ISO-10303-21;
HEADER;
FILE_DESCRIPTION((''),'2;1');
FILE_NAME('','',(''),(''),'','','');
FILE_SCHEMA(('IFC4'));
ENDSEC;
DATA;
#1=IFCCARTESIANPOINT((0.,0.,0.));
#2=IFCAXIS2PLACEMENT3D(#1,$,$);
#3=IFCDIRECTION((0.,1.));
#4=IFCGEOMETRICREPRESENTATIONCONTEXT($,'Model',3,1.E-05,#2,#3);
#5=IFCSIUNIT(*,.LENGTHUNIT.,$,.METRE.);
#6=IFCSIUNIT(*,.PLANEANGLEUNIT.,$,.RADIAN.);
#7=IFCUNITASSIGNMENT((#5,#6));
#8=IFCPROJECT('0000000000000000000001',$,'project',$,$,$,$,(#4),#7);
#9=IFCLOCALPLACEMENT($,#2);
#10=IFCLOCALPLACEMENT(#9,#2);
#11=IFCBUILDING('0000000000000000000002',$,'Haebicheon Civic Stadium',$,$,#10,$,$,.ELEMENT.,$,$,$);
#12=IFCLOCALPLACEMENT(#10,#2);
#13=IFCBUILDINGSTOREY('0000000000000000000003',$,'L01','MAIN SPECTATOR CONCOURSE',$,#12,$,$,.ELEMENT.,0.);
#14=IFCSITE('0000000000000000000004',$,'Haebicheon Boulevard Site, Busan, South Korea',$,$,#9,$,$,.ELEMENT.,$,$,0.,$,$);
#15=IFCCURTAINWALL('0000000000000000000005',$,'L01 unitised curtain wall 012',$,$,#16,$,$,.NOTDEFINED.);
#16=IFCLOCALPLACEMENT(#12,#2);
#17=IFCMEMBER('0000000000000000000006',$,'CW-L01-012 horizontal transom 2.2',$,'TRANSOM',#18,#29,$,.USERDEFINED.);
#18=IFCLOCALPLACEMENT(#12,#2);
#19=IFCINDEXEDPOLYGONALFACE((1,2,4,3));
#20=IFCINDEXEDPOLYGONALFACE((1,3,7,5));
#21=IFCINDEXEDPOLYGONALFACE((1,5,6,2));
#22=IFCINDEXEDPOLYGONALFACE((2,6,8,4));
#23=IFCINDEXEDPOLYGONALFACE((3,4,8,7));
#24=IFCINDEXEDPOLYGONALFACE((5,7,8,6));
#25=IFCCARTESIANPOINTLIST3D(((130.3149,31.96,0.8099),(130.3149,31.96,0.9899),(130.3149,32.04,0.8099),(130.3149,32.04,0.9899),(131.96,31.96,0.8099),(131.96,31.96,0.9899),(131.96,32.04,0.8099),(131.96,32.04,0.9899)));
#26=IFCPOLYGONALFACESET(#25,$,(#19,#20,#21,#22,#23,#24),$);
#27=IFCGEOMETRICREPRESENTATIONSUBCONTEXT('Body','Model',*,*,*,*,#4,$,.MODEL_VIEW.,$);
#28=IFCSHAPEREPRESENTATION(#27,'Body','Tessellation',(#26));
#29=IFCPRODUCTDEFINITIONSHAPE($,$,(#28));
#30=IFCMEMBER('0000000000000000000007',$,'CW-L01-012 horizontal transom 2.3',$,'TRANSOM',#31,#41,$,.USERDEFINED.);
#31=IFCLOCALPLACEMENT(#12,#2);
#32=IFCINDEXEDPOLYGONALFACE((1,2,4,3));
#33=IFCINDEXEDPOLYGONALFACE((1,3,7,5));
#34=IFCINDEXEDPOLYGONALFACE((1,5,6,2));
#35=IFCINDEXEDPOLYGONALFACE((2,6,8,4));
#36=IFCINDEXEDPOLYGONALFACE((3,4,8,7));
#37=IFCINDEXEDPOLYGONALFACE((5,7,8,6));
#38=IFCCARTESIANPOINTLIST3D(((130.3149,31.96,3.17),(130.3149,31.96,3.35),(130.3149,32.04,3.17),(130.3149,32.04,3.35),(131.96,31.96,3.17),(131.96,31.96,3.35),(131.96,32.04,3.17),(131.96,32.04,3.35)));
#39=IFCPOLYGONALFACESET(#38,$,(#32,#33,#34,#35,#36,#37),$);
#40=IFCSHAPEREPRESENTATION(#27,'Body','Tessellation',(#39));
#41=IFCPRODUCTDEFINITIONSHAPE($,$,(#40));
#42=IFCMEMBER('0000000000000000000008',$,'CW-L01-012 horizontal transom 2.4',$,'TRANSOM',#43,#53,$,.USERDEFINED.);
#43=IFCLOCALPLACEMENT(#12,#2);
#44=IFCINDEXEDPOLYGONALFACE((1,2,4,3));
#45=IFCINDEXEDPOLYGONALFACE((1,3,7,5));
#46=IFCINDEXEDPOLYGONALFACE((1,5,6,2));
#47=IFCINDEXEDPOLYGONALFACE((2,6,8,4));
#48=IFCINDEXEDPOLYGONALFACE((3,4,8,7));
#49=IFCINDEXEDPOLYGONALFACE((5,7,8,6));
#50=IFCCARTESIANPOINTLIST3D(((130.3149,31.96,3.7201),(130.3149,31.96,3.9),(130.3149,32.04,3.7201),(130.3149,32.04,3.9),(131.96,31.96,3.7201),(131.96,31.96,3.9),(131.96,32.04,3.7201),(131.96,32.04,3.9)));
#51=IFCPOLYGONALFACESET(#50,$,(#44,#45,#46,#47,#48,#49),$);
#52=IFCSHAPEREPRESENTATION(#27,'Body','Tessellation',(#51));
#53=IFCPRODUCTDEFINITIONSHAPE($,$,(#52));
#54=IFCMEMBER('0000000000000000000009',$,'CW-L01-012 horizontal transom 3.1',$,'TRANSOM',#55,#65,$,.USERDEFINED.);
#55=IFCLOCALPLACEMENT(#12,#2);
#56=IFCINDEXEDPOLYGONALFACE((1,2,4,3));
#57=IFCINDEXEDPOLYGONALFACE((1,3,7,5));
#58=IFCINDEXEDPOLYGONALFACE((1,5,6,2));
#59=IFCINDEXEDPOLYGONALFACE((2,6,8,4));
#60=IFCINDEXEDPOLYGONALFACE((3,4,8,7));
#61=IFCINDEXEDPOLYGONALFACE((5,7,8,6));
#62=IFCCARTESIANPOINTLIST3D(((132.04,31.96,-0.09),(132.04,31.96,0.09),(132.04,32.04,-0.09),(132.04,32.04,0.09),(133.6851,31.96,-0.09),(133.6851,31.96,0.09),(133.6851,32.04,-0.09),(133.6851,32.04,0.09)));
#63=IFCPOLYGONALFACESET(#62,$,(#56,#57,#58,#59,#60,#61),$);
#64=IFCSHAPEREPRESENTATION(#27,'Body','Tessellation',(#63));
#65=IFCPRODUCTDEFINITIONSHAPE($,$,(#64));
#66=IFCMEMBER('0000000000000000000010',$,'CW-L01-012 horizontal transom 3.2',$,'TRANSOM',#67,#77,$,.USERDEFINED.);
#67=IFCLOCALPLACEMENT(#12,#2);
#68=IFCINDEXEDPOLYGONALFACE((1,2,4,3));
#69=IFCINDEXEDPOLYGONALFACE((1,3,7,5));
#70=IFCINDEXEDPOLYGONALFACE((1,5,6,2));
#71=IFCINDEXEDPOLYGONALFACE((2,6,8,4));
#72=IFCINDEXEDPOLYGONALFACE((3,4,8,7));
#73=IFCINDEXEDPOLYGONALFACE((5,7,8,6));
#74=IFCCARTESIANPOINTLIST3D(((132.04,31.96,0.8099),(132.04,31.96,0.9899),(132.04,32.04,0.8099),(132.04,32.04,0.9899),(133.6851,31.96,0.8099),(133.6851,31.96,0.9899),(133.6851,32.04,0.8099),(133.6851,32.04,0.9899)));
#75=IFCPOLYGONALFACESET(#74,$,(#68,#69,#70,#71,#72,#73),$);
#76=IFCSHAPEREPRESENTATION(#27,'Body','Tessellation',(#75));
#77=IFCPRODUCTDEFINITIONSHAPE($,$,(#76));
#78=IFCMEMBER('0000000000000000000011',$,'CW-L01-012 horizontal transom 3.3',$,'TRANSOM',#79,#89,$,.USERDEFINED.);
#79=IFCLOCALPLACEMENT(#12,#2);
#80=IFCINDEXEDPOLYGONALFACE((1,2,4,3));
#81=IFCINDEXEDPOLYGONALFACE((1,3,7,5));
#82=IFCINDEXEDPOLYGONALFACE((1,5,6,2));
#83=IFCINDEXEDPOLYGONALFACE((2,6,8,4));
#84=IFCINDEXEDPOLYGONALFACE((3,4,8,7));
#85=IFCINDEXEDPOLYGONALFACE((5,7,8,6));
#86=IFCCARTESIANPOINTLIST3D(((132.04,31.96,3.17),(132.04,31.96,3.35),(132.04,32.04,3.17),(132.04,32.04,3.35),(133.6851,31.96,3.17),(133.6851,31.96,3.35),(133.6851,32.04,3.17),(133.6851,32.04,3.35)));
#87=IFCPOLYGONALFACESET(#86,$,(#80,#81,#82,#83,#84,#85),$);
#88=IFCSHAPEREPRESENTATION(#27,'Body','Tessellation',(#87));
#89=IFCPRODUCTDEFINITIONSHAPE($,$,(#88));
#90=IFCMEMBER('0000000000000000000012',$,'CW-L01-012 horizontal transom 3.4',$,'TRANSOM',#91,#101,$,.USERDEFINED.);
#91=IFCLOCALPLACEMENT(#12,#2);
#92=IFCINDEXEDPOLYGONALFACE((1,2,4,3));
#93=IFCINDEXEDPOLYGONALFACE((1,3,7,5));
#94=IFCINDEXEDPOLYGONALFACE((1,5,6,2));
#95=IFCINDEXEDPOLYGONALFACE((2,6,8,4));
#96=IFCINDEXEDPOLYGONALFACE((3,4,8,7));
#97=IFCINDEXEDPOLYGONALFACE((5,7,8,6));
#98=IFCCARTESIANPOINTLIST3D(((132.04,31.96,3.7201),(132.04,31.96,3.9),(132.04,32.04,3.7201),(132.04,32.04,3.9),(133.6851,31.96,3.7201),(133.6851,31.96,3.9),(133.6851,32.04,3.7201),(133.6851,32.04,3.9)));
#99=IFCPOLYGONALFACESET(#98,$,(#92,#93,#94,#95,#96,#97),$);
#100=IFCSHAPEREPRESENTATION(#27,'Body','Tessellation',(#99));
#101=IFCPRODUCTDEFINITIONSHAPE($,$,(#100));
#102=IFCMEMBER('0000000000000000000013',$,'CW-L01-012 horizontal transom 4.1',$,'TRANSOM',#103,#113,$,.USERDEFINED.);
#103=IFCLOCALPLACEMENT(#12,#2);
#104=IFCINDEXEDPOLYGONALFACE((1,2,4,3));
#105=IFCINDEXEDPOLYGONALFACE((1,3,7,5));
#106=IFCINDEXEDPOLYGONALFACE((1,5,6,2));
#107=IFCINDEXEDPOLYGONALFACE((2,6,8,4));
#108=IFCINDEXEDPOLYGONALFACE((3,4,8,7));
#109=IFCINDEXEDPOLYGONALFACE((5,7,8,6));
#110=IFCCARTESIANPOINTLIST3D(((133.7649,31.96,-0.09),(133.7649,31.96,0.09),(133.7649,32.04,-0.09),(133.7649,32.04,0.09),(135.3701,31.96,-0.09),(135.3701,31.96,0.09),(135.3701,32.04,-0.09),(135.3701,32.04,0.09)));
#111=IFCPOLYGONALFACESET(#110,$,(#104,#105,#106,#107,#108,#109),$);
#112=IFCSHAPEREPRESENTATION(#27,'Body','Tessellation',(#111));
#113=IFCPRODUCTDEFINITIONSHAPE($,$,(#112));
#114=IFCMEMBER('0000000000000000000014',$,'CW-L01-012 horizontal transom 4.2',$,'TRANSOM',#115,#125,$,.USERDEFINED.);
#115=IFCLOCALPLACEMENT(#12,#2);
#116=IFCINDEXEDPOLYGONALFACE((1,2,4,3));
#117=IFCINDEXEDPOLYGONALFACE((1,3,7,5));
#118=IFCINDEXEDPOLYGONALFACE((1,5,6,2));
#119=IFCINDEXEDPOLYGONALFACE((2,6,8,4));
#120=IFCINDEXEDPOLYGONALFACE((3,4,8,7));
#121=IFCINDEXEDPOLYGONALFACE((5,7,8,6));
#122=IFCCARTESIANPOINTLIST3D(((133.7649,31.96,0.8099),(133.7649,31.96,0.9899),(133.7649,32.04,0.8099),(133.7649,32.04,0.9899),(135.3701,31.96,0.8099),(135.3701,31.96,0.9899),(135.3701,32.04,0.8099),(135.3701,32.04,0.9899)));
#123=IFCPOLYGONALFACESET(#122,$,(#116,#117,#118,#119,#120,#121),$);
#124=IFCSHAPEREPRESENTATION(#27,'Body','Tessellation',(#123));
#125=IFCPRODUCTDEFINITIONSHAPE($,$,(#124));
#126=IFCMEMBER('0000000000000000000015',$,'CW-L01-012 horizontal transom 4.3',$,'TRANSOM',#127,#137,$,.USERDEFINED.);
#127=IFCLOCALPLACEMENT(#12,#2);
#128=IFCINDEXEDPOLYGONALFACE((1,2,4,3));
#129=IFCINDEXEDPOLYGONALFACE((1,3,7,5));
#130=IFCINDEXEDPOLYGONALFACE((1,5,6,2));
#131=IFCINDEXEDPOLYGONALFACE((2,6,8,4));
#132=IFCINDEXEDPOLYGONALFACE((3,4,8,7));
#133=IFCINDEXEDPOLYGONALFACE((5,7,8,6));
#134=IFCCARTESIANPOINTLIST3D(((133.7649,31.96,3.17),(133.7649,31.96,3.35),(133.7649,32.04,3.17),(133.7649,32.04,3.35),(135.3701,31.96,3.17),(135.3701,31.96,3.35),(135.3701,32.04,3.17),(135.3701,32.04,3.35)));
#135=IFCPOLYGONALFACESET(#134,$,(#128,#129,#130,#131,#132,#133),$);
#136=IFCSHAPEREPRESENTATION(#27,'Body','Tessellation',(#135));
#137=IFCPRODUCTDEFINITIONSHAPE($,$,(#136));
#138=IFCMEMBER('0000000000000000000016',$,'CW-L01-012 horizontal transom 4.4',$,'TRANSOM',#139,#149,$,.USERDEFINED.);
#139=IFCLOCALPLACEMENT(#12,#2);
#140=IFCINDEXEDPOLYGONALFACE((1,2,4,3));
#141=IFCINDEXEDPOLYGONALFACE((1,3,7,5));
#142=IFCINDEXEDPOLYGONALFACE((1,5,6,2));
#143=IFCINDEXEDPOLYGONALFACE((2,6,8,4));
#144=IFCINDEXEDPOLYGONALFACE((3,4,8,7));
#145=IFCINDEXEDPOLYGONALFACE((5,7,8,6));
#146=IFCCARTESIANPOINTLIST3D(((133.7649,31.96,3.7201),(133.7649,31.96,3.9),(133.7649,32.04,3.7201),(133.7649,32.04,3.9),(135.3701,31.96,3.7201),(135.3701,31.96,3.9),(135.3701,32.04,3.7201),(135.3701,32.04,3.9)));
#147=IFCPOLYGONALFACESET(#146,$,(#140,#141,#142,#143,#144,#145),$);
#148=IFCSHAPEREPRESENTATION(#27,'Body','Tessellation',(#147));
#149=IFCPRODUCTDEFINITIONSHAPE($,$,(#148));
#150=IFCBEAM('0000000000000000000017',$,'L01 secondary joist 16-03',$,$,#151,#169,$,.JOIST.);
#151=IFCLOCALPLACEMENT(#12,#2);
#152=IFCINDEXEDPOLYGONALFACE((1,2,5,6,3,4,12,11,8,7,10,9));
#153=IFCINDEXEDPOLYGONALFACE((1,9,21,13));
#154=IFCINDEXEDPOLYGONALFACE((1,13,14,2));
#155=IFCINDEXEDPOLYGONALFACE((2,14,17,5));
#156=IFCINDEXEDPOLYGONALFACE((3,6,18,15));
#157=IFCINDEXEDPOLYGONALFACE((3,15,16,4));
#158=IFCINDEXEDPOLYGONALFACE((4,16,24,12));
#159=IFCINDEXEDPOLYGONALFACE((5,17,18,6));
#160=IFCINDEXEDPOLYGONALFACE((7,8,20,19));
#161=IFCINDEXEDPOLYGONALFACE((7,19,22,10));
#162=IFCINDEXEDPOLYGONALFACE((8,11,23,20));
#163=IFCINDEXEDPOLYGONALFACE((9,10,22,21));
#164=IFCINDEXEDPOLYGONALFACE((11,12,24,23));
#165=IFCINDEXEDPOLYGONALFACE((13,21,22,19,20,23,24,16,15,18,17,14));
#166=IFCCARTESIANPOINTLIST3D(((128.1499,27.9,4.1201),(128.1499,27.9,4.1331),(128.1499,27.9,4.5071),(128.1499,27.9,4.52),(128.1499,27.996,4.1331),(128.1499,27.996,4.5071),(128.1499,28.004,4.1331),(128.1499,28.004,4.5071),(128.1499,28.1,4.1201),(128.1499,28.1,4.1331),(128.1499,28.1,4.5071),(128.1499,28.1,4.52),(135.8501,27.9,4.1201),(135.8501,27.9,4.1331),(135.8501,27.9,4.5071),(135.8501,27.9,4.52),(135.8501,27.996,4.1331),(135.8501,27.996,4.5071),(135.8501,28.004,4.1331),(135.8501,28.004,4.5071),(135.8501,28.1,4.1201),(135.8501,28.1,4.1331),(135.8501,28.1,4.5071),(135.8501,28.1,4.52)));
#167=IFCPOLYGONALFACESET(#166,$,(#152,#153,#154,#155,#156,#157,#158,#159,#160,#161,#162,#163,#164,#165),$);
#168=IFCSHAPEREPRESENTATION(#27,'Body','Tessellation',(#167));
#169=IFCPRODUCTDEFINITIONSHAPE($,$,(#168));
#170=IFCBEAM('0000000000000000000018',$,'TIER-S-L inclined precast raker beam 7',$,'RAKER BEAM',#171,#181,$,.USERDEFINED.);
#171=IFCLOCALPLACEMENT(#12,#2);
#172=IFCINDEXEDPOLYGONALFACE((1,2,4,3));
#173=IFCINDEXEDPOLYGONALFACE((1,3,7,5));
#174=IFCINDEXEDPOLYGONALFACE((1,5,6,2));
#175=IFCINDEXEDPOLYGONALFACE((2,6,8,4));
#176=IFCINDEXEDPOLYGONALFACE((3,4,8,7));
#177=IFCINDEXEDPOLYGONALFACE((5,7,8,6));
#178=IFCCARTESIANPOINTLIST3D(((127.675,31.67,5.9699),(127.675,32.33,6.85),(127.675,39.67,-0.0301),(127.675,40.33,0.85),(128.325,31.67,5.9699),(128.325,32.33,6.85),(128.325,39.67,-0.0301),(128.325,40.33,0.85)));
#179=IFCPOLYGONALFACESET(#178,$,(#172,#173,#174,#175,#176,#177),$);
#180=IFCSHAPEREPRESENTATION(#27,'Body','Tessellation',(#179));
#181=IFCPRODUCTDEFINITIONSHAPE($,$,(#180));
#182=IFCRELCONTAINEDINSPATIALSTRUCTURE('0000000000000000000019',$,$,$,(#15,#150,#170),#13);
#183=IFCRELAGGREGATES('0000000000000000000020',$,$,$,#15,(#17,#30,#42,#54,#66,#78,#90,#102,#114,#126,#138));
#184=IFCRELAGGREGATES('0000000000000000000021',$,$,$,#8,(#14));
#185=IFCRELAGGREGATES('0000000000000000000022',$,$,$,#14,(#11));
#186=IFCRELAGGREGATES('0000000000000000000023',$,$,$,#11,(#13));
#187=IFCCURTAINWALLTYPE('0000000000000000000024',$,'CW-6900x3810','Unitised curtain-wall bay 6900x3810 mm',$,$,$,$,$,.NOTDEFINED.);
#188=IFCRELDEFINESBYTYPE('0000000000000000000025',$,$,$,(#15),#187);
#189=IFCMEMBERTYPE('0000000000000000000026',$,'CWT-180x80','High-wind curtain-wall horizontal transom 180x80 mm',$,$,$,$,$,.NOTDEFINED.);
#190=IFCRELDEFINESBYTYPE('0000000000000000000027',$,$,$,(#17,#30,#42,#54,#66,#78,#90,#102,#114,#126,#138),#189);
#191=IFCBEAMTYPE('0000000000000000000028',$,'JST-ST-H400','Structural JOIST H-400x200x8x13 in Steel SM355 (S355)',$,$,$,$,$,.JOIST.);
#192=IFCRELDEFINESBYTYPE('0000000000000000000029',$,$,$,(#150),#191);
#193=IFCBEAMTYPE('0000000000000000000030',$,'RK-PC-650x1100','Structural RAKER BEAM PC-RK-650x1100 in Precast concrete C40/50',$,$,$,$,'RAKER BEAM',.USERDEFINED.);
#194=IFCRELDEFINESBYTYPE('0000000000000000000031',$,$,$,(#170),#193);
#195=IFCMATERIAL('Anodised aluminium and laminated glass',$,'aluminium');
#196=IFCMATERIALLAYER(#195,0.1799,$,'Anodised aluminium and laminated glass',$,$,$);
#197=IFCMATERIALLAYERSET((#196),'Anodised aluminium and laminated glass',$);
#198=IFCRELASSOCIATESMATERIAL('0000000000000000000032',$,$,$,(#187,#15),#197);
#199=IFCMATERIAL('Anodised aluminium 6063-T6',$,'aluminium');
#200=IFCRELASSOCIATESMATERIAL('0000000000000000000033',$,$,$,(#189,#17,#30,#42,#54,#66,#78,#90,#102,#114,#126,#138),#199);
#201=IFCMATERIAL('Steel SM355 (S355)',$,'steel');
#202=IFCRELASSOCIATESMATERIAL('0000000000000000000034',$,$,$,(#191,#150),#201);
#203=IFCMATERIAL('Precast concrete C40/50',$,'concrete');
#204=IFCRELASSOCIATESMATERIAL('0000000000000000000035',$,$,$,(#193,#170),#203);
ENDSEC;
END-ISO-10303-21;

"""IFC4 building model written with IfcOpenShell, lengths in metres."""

from ifc_helpers import new_model, si_unit, direction, frame, origin, origin_2d, place, context, subcontext, project, spatial, rectangle, i_section, extrude, material, layer, layer_set, material_profile, profile_set, type_object, element, aggregate, save


model = new_model("IFC4")

# Units and contexts
model_context = context("Model", 3, precision=1e-05, world=origin(), true_north=direction((0.0, 1.0)))
body_context = subcontext(model_context, "Body", "Model", "MODEL_VIEW")
ifc_project = project(units=[si_unit("LENGTHUNIT", "METRE"), si_unit("PLANEANGLEUNIT", "RADIAN")], contexts=[model_context])

# Site, building, storey
site_placement = place(None, origin())
site = spatial("IfcSite", under=ifc_project, at=site_placement, Name="Haebicheon Boulevard Site, Busan, South Korea", CompositionType="ELEMENT", RefElevation=0.0)
building_placement = place(site_placement, origin())
building = spatial("IfcBuilding", under=site, at=building_placement, Name="Haebicheon Civic Stadium", CompositionType="ELEMENT")
storey_placement = place(building_placement, origin())
storey = spatial("IfcBuildingStorey", under=building, at=storey_placement, Name="L01", Description="MAIN SPECTATOR CONCOURSE", CompositionType="ELEMENT", Elevation=0.0)

# Curtain wall, members
ifc_material_1 = material(Name="Anodised aluminium and laminated glass", Category="aluminium")
ifc_layer_1 = layer(ifc_material_1, 0.1799, Name="Anodised aluminium and laminated glass")
ifc_layer_set_1 = layer_set([ifc_layer_1], Name="Anodised aluminium and laminated glass")
curtain_wall_type = type_object("IfcCurtainWallType", Name="CW-6900x3810", Description="Unitised curtain-wall bay 6900x3810 mm", PredefinedType="NOTDEFINED", material=ifc_layer_set_1)
curtain_wall_placement = place(storey_placement, origin())
curtain_wall = element("IfcCurtainWall", 1, at=curtain_wall_placement, inside=storey, type_object=curtain_wall_type, material=ifc_layer_set_1, Name="L01 unitised curtain wall 012", PredefinedType="NOTDEFINED")
ifc_material_2 = material(Name="Anodised aluminium 6063-T6", Category="aluminium")
ifc_material_profile_1 = material_profile(ifc_material_2, rectangle(XDim=0.0801, YDim=0.1799, at=origin_2d()), Name="ALU-TRAN-80x180")
ifc_profile_set_1 = profile_set([ifc_material_profile_1], Name="Anodised aluminium 6063-T6")
member_type_1 = type_object("IfcMemberType", Name="CWT-180x80", Description="High-wind curtain-wall horizontal transom 180x80 mm", PredefinedType="NOTDEFINED", material=ifc_profile_set_1)
member_1_placement = place(storey_placement, frame((130.3149, 32.0, 0.8999), z_axis=(1.0, 0.0, 0.0), x_axis=(0.0, 1.0, 0.0)))
member_1 = element("IfcMember", 2, at=member_1_placement, type_object=member_type_1, material=ifc_profile_set_1, Name="CW-L01-012 horizontal transom 2.2", ObjectType="TRANSOM", PredefinedType="USERDEFINED", context=body_context, shape_type="SweptSolid", body=[
    extrude(rectangle(XDim=0.0801, YDim=0.1799, at=origin_2d()), origin(), (0.0, 0.0, 1.0), 1.645),
])
member_2_placement = place(storey_placement, frame((130.3149, 32.0, 3.26), z_axis=(1.0, 0.0, 0.0), x_axis=(0.0, 1.0, 0.0)))
member_2 = element("IfcMember", 3, at=member_2_placement, type_object=member_type_1, material=ifc_profile_set_1, Name="CW-L01-012 horizontal transom 2.3", ObjectType="TRANSOM", PredefinedType="USERDEFINED", context=body_context, shape_type="SweptSolid", body=[
    extrude(rectangle(XDim=0.0801, YDim=0.1799, at=origin_2d()), origin(), (0.0, 0.0, 1.0), 1.645),
])
member_3_placement = place(storey_placement, frame((130.3149, 32.0, 3.8101), z_axis=(1.0, 0.0, 0.0), x_axis=(0.0, 1.0, 0.0)))
member_3 = element("IfcMember", 4, at=member_3_placement, type_object=member_type_1, material=ifc_profile_set_1, Name="CW-L01-012 horizontal transom 2.4", ObjectType="TRANSOM", PredefinedType="USERDEFINED", context=body_context, shape_type="SweptSolid", body=[
    extrude(rectangle(XDim=0.0801, YDim=0.1799, at=origin_2d()), origin(), (0.0, 0.0, 1.0), 1.645),
])
member_4_placement = place(storey_placement, frame((132.04, 32.0, 0.0), z_axis=(1.0, 0.0, 0.0), x_axis=(0.0, 1.0, 0.0)))
member_4 = element("IfcMember", 5, at=member_4_placement, type_object=member_type_1, material=ifc_profile_set_1, Name="CW-L01-012 horizontal transom 3.1", ObjectType="TRANSOM", PredefinedType="USERDEFINED", context=body_context, shape_type="SweptSolid", body=[
    extrude(rectangle(XDim=0.0801, YDim=0.1799, at=origin_2d()), origin(), (0.0, 0.0, 1.0), 1.645),
])
member_5_placement = place(storey_placement, frame((132.04, 32.0, 0.8999), z_axis=(1.0, 0.0, 0.0), x_axis=(0.0, 1.0, 0.0)))
member_5 = element("IfcMember", 6, at=member_5_placement, type_object=member_type_1, material=ifc_profile_set_1, Name="CW-L01-012 horizontal transom 3.2", ObjectType="TRANSOM", PredefinedType="USERDEFINED", context=body_context, shape_type="SweptSolid", body=[
    extrude(rectangle(XDim=0.0801, YDim=0.1799, at=origin_2d()), origin(), (0.0, 0.0, 1.0), 1.645),
])
member_6_placement = place(storey_placement, frame((132.04, 32.0, 3.26), z_axis=(1.0, 0.0, 0.0), x_axis=(0.0, 1.0, 0.0)))
member_6 = element("IfcMember", 7, at=member_6_placement, type_object=member_type_1, material=ifc_profile_set_1, Name="CW-L01-012 horizontal transom 3.3", ObjectType="TRANSOM", PredefinedType="USERDEFINED", context=body_context, shape_type="SweptSolid", body=[
    extrude(rectangle(XDim=0.0801, YDim=0.1799, at=origin_2d()), origin(), (0.0, 0.0, 1.0), 1.645),
])
member_7_placement = place(storey_placement, frame((132.04, 32.0, 3.8101), z_axis=(1.0, 0.0, 0.0), x_axis=(0.0, 1.0, 0.0)))
member_7 = element("IfcMember", 8, at=member_7_placement, type_object=member_type_1, material=ifc_profile_set_1, Name="CW-L01-012 horizontal transom 3.4", ObjectType="TRANSOM", PredefinedType="USERDEFINED", context=body_context, shape_type="SweptSolid", body=[
    extrude(rectangle(XDim=0.0801, YDim=0.1799, at=origin_2d()), origin(), (0.0, 0.0, 1.0), 1.645),
])
member_8_placement = place(storey_placement, frame((133.7649, 32.0, 0.0), z_axis=(1.0, 0.0, 0.0), x_axis=(0.0, 1.0, 0.0)))
member_8 = element("IfcMember", 9, at=member_8_placement, type_object=member_type_1, material=ifc_profile_set_1, Name="CW-L01-012 horizontal transom 4.1", ObjectType="TRANSOM", PredefinedType="USERDEFINED", context=body_context, shape_type="SweptSolid", body=[
    extrude(rectangle(XDim=0.0801, YDim=0.1799, at=origin_2d()), origin(), (0.0, 0.0, 1.0), 1.6052),
])
member_9_placement = place(storey_placement, frame((133.7649, 32.0, 0.8999), z_axis=(1.0, 0.0, 0.0), x_axis=(0.0, 1.0, 0.0)))
member_9 = element("IfcMember", 10, at=member_9_placement, type_object=member_type_1, material=ifc_profile_set_1, Name="CW-L01-012 horizontal transom 4.2", ObjectType="TRANSOM", PredefinedType="USERDEFINED", context=body_context, shape_type="SweptSolid", body=[
    extrude(rectangle(XDim=0.0801, YDim=0.1799, at=origin_2d()), origin(), (0.0, 0.0, 1.0), 1.6052),
])
member_10_placement = place(storey_placement, frame((133.7649, 32.0, 3.26), z_axis=(1.0, 0.0, 0.0), x_axis=(0.0, 1.0, 0.0)))
member_10 = element("IfcMember", 11, at=member_10_placement, type_object=member_type_1, material=ifc_profile_set_1, Name="CW-L01-012 horizontal transom 4.3", ObjectType="TRANSOM", PredefinedType="USERDEFINED", context=body_context, shape_type="SweptSolid", body=[
    extrude(rectangle(XDim=0.0801, YDim=0.1799, at=origin_2d()), origin(), (0.0, 0.0, 1.0), 1.6052),
])
member_11_placement = place(storey_placement, frame((133.7649, 32.0, 3.8101), z_axis=(1.0, 0.0, 0.0), x_axis=(0.0, 1.0, 0.0)))
member_11 = element("IfcMember", 12, at=member_11_placement, type_object=member_type_1, material=ifc_profile_set_1, Name="CW-L01-012 horizontal transom 4.4", ObjectType="TRANSOM", PredefinedType="USERDEFINED", context=body_context, shape_type="SweptSolid", body=[
    extrude(rectangle(XDim=0.0801, YDim=0.1799, at=origin_2d()), origin(), (0.0, 0.0, 1.0), 1.6052),
])

# Beams
ifc_material_3 = material(Name="Steel SM355 (S355)", Category="steel")
ifc_material_profile_2 = material_profile(ifc_material_3, i_section(OverallWidth=0.2, OverallDepth=0.3999, WebThickness=0.0081, FlangeThickness=0.0129, at=origin_2d()), Name="H-400x200x8x13")
ifc_profile_set_2 = profile_set([ifc_material_profile_2], Name="Steel SM355 (S355)")
beam_type_1 = type_object("IfcBeamType", Name="JST-ST-H400", Description="Structural JOIST H-400x200x8x13 in Steel SM355 (S355)", PredefinedType="JOIST", material=ifc_profile_set_2)
beam_1_placement = place(storey_placement, frame((128.1499, 28.0, 4.3201), z_axis=(1.0, 0.0, 0.0), x_axis=(0.0, 1.0, 0.0)))
element("IfcBeam", 13, at=beam_1_placement, inside=storey, type_object=beam_type_1, material=ifc_profile_set_2, Name="L01 secondary joist 16-03", PredefinedType="JOIST", context=body_context, shape_type="SweptSolid", body=[
    extrude(i_section(OverallWidth=0.2, OverallDepth=0.3999, WebThickness=0.0081, FlangeThickness=0.0129, at=origin_2d()), origin(), (0.0, 0.0, 1.0), 7.7002),
])
ifc_material_4 = material(Name="Precast concrete C40/50", Category="concrete")
ifc_material_profile_3 = material_profile(ifc_material_4, rectangle(XDim=0.6499, YDim=1.1001, at=origin_2d()), Name="PC-RK-650x1100")
ifc_profile_set_3 = profile_set([ifc_material_profile_3], Name="Precast concrete C40/50")
beam_type_2 = type_object("IfcBeamType", Name="RK-PC-650x1100", Description="Structural RAKER BEAM PC-RK-650x1100 in Precast concrete C40/50", ElementType="RAKER BEAM", PredefinedType="USERDEFINED", material=ifc_profile_set_3)
beam_2_placement = place(storey_placement, frame((128.0, 40.0, 0.4099), z_axis=(0.0, -0.8, 0.6), x_axis=(1.0, 0.0, 0.0)))
element("IfcBeam", 14, at=beam_2_placement, inside=storey, type_object=beam_type_2, material=ifc_profile_set_3, Name="TIER-S-L inclined precast raker beam 7", ObjectType="RAKER BEAM", PredefinedType="USERDEFINED", context=body_context, shape_type="SweptSolid", body=[
    extrude(rectangle(XDim=0.6499, YDim=1.1001, at=origin_2d()), origin(), (0.0, 0.0, 1.0), 10.0),
])

aggregate(curtain_wall, [member_1, member_2, member_3, member_4, member_5, member_6, member_7, member_8, member_9, member_10, member_11])

save(model, "model.ifc")
